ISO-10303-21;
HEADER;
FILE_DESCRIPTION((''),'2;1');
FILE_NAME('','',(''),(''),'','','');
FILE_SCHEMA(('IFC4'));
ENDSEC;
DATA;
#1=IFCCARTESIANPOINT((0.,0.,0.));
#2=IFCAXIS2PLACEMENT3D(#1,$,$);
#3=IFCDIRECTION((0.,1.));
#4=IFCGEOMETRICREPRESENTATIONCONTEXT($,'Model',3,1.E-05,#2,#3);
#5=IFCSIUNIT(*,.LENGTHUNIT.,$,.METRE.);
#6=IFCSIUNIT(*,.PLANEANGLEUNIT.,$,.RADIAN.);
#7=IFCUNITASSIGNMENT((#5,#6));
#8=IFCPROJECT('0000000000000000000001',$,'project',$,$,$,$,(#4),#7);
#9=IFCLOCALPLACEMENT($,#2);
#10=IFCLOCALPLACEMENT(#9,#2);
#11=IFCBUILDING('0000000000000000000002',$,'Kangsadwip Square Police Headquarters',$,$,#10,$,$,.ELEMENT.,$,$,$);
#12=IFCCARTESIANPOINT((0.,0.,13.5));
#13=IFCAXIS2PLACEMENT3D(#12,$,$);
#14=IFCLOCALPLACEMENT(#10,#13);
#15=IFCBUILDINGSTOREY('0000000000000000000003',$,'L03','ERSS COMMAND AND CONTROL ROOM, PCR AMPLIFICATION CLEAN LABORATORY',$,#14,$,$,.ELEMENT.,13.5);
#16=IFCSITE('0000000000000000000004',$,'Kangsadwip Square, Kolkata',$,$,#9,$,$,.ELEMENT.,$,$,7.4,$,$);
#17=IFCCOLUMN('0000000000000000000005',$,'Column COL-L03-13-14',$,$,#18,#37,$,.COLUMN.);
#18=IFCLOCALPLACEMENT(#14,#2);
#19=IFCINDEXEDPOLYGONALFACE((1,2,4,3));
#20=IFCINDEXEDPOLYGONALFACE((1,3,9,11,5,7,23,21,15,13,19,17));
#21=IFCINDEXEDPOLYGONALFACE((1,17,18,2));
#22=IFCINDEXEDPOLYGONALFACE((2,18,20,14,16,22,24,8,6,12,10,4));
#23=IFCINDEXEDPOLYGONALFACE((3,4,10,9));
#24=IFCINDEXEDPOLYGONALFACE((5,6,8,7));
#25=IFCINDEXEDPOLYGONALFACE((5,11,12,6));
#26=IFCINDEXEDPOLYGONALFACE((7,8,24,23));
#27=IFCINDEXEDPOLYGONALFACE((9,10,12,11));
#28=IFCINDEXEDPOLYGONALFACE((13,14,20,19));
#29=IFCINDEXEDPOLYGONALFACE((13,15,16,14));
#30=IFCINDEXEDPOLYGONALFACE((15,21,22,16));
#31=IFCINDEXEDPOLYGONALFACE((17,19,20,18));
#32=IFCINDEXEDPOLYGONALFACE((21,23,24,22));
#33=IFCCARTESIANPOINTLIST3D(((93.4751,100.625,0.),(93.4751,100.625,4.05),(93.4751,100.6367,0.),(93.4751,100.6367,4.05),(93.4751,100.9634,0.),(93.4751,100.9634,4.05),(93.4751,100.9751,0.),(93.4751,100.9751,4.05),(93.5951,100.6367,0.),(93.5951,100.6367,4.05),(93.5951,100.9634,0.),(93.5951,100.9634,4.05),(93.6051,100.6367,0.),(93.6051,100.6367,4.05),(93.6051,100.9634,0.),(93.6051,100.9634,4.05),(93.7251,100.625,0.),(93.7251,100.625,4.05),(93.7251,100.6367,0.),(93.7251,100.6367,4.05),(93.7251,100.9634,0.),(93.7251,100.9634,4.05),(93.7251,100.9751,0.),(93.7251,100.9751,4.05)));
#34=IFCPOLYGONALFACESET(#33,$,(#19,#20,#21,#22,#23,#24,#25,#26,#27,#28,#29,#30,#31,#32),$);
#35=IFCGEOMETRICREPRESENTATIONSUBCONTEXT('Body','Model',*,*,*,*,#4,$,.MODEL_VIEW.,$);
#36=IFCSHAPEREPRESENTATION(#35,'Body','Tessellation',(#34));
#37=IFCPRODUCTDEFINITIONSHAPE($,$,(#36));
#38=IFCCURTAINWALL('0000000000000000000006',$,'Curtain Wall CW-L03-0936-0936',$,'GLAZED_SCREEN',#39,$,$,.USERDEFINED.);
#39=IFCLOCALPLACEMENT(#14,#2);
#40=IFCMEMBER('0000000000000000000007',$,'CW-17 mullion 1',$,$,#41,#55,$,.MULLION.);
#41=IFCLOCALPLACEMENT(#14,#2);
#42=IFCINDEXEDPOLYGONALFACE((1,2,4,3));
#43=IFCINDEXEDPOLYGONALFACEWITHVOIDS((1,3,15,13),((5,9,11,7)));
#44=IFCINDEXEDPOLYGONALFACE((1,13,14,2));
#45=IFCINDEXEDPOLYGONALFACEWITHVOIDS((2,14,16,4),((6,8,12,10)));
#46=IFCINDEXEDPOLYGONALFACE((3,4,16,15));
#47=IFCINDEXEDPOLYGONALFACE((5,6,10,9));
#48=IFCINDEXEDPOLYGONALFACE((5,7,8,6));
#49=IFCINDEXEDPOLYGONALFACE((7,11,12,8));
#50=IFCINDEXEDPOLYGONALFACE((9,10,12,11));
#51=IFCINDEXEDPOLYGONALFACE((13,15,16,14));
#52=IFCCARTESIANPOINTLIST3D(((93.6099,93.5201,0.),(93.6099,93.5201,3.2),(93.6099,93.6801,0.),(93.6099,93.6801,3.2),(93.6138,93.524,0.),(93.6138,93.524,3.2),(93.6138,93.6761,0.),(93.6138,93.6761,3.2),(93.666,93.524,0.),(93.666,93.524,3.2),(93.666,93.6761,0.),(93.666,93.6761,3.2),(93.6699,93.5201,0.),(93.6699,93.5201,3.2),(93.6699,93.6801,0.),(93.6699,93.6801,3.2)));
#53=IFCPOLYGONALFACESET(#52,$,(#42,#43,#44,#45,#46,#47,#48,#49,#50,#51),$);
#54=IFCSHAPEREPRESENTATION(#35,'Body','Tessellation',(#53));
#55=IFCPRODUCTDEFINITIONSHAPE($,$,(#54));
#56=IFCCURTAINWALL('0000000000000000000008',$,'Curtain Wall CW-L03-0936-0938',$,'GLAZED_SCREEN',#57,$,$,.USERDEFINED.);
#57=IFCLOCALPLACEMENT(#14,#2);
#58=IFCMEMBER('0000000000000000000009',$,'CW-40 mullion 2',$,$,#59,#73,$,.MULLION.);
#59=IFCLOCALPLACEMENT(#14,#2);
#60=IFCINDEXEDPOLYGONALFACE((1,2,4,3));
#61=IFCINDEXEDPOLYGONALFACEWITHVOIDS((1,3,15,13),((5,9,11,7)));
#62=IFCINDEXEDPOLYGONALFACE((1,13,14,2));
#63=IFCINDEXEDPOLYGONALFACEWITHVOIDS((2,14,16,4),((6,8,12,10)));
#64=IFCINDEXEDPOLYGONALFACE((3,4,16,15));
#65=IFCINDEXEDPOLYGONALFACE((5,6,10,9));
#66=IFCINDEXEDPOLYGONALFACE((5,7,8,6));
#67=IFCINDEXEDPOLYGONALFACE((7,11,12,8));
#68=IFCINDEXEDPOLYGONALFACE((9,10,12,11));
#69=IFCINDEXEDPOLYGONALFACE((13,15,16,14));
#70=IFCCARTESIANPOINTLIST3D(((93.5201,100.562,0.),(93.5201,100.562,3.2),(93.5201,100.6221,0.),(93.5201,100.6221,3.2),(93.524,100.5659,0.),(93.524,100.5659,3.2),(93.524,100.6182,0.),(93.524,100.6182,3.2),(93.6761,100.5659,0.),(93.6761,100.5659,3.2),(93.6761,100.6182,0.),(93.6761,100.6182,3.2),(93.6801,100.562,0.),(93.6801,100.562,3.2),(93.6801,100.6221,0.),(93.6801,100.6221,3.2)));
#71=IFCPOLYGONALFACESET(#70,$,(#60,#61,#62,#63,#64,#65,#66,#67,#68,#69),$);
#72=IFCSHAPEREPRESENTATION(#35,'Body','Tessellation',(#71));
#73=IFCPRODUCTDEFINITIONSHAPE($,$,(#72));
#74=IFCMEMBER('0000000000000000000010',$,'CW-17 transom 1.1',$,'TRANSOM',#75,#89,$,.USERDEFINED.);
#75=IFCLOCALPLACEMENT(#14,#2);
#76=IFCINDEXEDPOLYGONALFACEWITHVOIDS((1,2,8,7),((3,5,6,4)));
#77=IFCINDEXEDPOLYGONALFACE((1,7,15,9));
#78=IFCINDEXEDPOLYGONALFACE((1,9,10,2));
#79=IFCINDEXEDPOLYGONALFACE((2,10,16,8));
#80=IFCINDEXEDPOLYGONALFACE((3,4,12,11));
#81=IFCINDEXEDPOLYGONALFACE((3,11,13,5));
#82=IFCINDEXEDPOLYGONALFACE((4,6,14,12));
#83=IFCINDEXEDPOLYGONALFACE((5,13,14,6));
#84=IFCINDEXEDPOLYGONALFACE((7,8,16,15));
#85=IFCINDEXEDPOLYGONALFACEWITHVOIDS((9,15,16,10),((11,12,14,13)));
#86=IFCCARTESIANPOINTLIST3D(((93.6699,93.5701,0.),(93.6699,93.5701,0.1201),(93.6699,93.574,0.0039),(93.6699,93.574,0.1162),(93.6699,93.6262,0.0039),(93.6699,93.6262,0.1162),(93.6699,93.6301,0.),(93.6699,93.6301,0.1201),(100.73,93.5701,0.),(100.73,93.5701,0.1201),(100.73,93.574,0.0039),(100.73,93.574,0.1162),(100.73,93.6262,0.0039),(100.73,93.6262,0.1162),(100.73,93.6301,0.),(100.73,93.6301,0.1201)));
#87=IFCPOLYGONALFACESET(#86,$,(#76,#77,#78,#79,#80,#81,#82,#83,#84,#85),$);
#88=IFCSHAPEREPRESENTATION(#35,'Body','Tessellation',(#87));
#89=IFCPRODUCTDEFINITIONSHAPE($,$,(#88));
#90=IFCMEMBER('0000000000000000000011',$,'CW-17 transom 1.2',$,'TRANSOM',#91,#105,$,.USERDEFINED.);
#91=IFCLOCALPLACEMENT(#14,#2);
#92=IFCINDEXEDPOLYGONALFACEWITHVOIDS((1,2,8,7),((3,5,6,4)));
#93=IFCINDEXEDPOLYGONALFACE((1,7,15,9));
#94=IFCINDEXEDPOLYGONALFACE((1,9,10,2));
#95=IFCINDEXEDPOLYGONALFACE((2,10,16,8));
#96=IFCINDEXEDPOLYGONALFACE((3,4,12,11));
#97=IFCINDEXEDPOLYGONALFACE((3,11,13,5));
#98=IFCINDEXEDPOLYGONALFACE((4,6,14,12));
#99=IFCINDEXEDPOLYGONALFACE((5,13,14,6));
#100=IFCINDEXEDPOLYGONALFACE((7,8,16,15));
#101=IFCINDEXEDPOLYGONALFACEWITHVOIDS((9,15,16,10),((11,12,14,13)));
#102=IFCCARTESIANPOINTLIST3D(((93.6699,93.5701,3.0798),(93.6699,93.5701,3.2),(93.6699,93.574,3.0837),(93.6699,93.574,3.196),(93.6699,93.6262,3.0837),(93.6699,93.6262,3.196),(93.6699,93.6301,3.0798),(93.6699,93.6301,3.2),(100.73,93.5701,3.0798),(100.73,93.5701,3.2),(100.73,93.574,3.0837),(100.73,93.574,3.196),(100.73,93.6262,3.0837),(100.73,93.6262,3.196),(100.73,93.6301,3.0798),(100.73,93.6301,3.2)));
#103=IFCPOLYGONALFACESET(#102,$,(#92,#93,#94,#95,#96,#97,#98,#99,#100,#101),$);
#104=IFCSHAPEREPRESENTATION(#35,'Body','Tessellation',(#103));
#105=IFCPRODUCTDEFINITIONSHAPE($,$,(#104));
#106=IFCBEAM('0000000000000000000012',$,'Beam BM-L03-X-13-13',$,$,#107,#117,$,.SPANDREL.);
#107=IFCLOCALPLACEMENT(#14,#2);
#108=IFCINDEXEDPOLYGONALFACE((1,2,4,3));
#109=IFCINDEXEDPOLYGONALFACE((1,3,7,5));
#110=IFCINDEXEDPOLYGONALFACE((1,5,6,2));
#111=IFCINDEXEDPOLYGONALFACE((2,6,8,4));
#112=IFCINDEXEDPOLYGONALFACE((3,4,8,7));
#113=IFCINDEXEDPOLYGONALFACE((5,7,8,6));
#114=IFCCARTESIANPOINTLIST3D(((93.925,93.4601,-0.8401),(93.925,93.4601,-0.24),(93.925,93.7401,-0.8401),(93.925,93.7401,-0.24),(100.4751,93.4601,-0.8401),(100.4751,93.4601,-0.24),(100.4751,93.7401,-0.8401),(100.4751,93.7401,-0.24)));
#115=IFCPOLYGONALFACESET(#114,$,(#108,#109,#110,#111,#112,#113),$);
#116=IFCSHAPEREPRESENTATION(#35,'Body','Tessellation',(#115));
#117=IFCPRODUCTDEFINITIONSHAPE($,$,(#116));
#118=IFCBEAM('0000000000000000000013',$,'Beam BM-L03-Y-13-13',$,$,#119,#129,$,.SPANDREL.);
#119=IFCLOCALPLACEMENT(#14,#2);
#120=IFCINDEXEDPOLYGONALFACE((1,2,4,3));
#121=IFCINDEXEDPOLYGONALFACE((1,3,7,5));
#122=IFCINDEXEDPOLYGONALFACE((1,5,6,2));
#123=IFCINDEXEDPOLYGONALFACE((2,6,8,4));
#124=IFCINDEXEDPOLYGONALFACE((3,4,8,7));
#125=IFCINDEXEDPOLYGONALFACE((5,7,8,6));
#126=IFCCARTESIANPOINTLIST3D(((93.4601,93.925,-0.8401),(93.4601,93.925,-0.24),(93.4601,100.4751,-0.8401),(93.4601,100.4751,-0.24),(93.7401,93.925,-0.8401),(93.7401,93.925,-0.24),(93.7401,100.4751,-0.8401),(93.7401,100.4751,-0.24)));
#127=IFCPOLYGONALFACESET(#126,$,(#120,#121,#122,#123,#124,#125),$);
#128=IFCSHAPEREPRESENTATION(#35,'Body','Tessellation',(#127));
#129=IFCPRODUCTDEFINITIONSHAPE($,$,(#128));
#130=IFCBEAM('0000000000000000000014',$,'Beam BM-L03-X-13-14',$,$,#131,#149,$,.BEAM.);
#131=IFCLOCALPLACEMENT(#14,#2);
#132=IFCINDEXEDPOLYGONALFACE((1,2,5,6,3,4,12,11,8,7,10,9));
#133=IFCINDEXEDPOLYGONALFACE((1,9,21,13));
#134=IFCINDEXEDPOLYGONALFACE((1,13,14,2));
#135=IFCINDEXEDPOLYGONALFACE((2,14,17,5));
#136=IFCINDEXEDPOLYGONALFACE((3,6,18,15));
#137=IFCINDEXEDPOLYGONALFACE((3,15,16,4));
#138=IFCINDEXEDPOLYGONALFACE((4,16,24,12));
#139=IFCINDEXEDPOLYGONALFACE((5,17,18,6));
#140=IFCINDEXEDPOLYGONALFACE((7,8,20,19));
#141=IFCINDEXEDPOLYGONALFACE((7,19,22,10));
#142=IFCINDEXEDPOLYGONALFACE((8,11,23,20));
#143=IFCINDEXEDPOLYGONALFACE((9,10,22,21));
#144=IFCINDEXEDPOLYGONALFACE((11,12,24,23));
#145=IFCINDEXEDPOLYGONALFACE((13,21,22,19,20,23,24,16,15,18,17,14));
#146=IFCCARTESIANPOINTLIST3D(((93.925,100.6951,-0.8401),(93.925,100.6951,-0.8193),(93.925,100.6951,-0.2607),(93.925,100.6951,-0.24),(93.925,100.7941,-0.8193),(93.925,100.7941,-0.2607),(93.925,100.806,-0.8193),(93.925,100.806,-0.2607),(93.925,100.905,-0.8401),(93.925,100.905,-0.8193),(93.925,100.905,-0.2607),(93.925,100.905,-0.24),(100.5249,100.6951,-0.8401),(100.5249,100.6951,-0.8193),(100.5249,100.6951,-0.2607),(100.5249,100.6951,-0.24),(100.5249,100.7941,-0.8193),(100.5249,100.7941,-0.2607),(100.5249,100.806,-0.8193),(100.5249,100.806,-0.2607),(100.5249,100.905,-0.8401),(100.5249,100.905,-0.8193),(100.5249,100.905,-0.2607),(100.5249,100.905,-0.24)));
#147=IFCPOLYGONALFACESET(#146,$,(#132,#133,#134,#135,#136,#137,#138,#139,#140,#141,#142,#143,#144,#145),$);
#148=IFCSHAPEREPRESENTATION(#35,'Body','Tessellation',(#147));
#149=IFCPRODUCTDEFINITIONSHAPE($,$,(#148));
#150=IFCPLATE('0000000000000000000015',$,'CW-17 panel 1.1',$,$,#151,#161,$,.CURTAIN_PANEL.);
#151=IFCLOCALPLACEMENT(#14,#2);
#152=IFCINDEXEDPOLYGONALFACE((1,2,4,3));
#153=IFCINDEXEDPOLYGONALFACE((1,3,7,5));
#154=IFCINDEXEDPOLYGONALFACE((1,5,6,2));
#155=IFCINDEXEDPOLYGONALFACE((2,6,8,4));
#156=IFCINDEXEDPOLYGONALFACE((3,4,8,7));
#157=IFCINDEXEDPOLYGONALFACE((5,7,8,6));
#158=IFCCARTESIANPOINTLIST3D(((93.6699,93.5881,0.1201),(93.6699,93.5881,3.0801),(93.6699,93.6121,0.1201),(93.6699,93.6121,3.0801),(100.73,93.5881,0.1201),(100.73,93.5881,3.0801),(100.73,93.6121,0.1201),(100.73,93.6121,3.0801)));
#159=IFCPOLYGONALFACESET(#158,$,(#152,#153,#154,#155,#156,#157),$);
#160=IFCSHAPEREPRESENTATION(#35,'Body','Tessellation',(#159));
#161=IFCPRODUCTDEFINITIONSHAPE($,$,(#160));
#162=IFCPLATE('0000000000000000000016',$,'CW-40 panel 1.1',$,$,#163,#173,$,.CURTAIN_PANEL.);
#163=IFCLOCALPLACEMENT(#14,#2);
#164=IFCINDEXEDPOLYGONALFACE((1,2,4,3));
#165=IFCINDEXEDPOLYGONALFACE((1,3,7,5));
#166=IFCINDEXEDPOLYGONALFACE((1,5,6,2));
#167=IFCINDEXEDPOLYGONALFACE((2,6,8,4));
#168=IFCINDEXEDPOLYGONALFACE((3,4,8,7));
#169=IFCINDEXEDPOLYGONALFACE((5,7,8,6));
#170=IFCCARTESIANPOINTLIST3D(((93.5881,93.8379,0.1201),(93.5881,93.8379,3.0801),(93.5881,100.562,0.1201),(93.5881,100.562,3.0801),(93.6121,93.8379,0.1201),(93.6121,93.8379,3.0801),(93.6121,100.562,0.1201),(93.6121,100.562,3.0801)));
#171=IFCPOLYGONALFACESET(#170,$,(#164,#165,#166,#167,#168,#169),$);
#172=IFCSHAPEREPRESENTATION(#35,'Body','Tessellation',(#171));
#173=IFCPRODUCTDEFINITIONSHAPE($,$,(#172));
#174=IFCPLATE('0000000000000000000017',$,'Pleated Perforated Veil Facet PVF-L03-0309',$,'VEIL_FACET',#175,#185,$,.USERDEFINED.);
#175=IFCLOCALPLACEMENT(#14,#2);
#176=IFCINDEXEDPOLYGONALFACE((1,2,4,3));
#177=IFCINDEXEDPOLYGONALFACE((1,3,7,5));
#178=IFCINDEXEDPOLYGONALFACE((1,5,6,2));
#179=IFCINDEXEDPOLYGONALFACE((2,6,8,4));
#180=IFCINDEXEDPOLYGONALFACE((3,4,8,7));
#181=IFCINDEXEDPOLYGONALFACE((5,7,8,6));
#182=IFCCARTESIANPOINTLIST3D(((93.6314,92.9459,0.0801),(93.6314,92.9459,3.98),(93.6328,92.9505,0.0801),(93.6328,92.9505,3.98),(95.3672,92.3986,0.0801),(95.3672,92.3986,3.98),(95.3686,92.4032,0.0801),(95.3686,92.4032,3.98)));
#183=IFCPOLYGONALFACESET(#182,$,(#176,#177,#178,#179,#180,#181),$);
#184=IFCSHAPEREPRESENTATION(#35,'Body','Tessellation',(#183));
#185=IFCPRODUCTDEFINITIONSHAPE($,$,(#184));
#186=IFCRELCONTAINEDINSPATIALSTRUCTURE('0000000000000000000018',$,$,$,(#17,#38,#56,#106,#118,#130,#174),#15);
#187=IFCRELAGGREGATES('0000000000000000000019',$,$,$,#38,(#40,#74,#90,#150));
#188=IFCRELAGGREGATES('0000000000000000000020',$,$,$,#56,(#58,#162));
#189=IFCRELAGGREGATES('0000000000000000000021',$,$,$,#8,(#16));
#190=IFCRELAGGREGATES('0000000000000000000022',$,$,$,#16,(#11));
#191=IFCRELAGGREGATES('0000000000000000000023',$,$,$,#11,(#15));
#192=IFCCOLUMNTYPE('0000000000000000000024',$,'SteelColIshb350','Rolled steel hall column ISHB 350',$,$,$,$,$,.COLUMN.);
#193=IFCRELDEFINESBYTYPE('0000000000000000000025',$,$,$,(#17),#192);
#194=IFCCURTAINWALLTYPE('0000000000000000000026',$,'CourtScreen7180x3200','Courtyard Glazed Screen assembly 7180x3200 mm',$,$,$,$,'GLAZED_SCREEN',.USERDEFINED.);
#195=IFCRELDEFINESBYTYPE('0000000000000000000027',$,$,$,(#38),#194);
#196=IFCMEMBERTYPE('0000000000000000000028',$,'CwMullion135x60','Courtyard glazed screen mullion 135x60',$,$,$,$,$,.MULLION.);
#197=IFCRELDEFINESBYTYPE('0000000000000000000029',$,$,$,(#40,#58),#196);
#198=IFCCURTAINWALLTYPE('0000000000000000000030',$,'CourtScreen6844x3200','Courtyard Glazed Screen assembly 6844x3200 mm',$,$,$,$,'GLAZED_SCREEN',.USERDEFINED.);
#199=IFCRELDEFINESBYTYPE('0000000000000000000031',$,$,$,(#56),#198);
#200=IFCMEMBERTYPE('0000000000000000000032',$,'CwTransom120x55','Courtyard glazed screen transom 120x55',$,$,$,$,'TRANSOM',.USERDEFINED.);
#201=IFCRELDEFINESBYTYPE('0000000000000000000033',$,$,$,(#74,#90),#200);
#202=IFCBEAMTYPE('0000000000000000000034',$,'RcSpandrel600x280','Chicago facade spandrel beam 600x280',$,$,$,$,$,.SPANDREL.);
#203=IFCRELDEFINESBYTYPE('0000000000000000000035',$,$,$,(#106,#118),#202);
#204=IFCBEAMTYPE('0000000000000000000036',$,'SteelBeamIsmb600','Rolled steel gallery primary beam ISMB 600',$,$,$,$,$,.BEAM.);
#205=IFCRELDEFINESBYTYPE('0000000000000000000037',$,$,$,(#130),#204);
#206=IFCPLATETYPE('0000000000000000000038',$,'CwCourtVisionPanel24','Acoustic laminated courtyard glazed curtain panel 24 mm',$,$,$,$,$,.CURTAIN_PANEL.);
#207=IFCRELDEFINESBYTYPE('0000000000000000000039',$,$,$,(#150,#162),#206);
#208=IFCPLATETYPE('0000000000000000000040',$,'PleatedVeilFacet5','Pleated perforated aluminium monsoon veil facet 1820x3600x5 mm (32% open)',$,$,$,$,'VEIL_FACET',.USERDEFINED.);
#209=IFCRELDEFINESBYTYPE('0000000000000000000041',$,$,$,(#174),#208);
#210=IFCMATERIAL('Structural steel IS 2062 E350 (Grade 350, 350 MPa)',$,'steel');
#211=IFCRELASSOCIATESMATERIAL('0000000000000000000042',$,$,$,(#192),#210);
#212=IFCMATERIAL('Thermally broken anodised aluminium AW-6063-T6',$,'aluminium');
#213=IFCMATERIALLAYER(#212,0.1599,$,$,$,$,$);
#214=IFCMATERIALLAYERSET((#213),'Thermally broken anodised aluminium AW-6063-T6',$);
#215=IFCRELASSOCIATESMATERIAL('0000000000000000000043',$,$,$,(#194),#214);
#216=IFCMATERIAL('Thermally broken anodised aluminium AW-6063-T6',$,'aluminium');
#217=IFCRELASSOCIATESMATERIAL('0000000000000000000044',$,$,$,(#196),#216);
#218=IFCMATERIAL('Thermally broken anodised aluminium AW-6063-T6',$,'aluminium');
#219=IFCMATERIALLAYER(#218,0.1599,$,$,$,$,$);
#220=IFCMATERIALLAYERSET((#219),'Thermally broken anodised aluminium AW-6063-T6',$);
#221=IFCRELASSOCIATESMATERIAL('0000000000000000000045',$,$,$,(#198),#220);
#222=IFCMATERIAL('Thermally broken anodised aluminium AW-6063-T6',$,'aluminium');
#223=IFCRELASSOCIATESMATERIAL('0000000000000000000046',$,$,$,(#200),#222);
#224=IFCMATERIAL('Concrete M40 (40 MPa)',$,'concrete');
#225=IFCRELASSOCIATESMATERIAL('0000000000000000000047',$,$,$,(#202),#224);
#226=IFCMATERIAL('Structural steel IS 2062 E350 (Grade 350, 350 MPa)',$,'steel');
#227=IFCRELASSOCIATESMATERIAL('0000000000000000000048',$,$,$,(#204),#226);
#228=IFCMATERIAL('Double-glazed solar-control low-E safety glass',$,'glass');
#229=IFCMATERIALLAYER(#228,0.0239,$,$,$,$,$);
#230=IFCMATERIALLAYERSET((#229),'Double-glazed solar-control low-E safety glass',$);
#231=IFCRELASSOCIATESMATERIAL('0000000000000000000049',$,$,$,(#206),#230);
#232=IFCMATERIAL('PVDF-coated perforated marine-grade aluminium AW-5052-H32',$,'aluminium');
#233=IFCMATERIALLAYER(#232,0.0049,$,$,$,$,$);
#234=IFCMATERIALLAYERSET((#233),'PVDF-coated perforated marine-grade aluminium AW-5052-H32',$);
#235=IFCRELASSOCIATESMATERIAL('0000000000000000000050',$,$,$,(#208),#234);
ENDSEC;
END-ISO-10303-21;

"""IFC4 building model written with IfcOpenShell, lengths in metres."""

from ifc_helpers import new_model, si_unit, direction, frame, origin, origin_2d, place, context, subcontext, project, spatial, rectangle, hollow_rectangle, i_section, extrude, material, layer, layer_set, material_profile, profile_set, type_object, element, aggregate, save


model = new_model("IFC4")

# Units and contexts
model_context = context("Model", 3, precision=1e-05, world=origin(), true_north=direction((0.0, 1.0)))
body_context = subcontext(model_context, "Body", "Model", "MODEL_VIEW")
ifc_project = project(units=[si_unit("LENGTHUNIT", "METRE"), si_unit("PLANEANGLEUNIT", "RADIAN")], contexts=[model_context])

# Site, building, storey
site_placement = place(None, origin())
site = spatial("IfcSite", under=ifc_project, at=site_placement, Name="Kangsadwip Square, Kolkata", CompositionType="ELEMENT", RefElevation=7.4)
building_placement = place(site_placement, origin())
building = spatial("IfcBuilding", under=site, at=building_placement, Name="Kangsadwip Square Police Headquarters", CompositionType="ELEMENT")
storey_placement = place(building_placement, frame((0.0, 0.0, 13.5)))
storey = spatial("IfcBuildingStorey", under=building, at=storey_placement, Name="L03", Description="ERSS COMMAND AND CONTROL ROOM, PCR AMPLIFICATION CLEAN LABORATORY", CompositionType="ELEMENT", Elevation=13.5)

# Column
ifc_material_1 = material(Name="Structural steel IS 2062 E350 (Grade 350, 350 MPa)", Category="steel")
ifc_material_profile_1 = material_profile(ifc_material_1, i_section(OverallWidth=0.25, OverallDepth=0.3501, WebThickness=0.01, FlangeThickness=0.0117, at=origin_2d()), Name="ISHB 350")
ifc_profile_set_1 = profile_set([ifc_material_profile_1], Name="Structural steel IS 2062 E350 (Grade 350, 350 MPa)")
column_type = type_object("IfcColumnType", Name="SteelColIshb350", Description="Rolled steel hall column ISHB 350", PredefinedType="COLUMN", material=ifc_profile_set_1)
column_placement = place(storey_placement, frame((93.6001, 100.8, 0.0), z_axis=(0.0, 0.0, 1.0), x_axis=(1.0, 0.0, 0.0)))
element("IfcColumn", 1, at=column_placement, inside=storey, type_object=column_type, Name="Column COL-L03-13-14", PredefinedType="COLUMN", context=body_context, shape_type="SweptSolid", body=[
    extrude(i_section(OverallWidth=0.25, OverallDepth=0.3501, WebThickness=0.01, FlangeThickness=0.0117, at=origin_2d()), origin(), (0.0, 0.0, 1.0), 4.05),
])

# Curtain walls, members
ifc_material_2 = material(Name="Thermally broken anodised aluminium AW-6063-T6", Category="aluminium")
ifc_layer_1 = layer(ifc_material_2, 0.1599)
ifc_layer_set_1 = layer_set([ifc_layer_1], Name="Thermally broken anodised aluminium AW-6063-T6")
curtain_wall_type_1 = type_object("IfcCurtainWallType", Name="CourtScreen7180x3200", Description="Courtyard Glazed Screen assembly 7180x3200 mm", ElementType="GLAZED_SCREEN", PredefinedType="USERDEFINED", material=ifc_layer_set_1)
curtain_wall_1_placement = place(storey_placement, origin())
curtain_wall_1 = element("IfcCurtainWall", 2, at=curtain_wall_1_placement, inside=storey, type_object=curtain_wall_type_1, Name="Curtain Wall CW-L03-0936-0936", ObjectType="GLAZED_SCREEN", PredefinedType="USERDEFINED")
ifc_material_3 = material(Name="Thermally broken anodised aluminium AW-6063-T6", Category="aluminium")
ifc_material_profile_2 = material_profile(ifc_material_3, hollow_rectangle(XDim=0.0601, YDim=0.1599, WallThickness=0.0039, at=origin_2d()), Name="CWM 160X60X4")
ifc_profile_set_2 = profile_set([ifc_material_profile_2], Name="Thermally broken anodised aluminium AW-6063-T6")
member_type_1 = type_object("IfcMemberType", Name="CwMullion135x60", Description="Courtyard glazed screen mullion 135x60", PredefinedType="MULLION", material=ifc_profile_set_2)
member_1_placement = place(storey_placement, frame((93.6399, 93.6001, 0.0), z_axis=(0.0, 0.0, 1.0), x_axis=(1.0, 0.0, 0.0)))
member_1 = element("IfcMember", 3, at=member_1_placement, type_object=member_type_1, Name="CW-17 mullion 1", PredefinedType="MULLION", context=body_context, shape_type="SweptSolid", body=[
    extrude(hollow_rectangle(XDim=0.0601, YDim=0.1599, WallThickness=0.0039, at=origin_2d()), origin(), (0.0, 0.0, 1.0), 3.2),
])
ifc_material_4 = material(Name="Thermally broken anodised aluminium AW-6063-T6", Category="aluminium")
ifc_layer_2 = layer(ifc_material_4, 0.1599)
ifc_layer_set_2 = layer_set([ifc_layer_2], Name="Thermally broken anodised aluminium AW-6063-T6")
curtain_wall_type_2 = type_object("IfcCurtainWallType", Name="CourtScreen6844x3200", Description="Courtyard Glazed Screen assembly 6844x3200 mm", ElementType="GLAZED_SCREEN", PredefinedType="USERDEFINED", material=ifc_layer_set_2)
curtain_wall_2_placement = place(storey_placement, origin())
curtain_wall_2 = element("IfcCurtainWall", 4, at=curtain_wall_2_placement, inside=storey, type_object=curtain_wall_type_2, Name="Curtain Wall CW-L03-0936-0938", ObjectType="GLAZED_SCREEN", PredefinedType="USERDEFINED")
member_2_placement = place(storey_placement, frame((93.6001, 100.592, 0.0), z_axis=(0.0, 0.0, 1.0), x_axis=(0.0, 1.0, 0.0)))
member_2 = element("IfcMember", 5, at=member_2_placement, type_object=member_type_1, Name="CW-40 mullion 2", PredefinedType="MULLION", context=body_context, shape_type="SweptSolid", body=[
    extrude(hollow_rectangle(XDim=0.0601, YDim=0.1599, WallThickness=0.0039, at=origin_2d()), origin(), (0.0, 0.0, 1.0), 3.2),
])

# Members
ifc_material_5 = material(Name="Thermally broken anodised aluminium AW-6063-T6", Category="aluminium")
ifc_material_profile_3 = material_profile(ifc_material_5, hollow_rectangle(XDim=0.0601, YDim=0.1201, WallThickness=0.0039, at=origin_2d()), Name="CWT 120X60X4")
ifc_profile_set_3 = profile_set([ifc_material_profile_3], Name="Thermally broken anodised aluminium AW-6063-T6")
member_type_2 = type_object("IfcMemberType", Name="CwTransom120x55", Description="Courtyard glazed screen transom 120x55", ElementType="TRANSOM", PredefinedType="USERDEFINED", material=ifc_profile_set_3)
member_3_placement = place(storey_placement, frame((93.6699, 93.6001, 0.0601), z_axis=(1.0, 0.0, 0.0), x_axis=(0.0, 1.0, 0.0)))
member_3 = element("IfcMember", 6, at=member_3_placement, type_object=member_type_2, Name="CW-17 transom 1.1", ObjectType="TRANSOM", PredefinedType="USERDEFINED", context=body_context, shape_type="SweptSolid", body=[
    extrude(hollow_rectangle(XDim=0.0601, YDim=0.1201, WallThickness=0.0039, at=origin_2d()), origin(), (0.0, 0.0, 1.0), 7.0601),
])
member_4_placement = place(storey_placement, frame((93.6699, 93.6001, 3.1399), z_axis=(1.0, 0.0, 0.0), x_axis=(0.0, 1.0, 0.0)))
member_4 = element("IfcMember", 7, at=member_4_placement, type_object=member_type_2, Name="CW-17 transom 1.2", ObjectType="TRANSOM", PredefinedType="USERDEFINED", context=body_context, shape_type="SweptSolid", body=[
    extrude(hollow_rectangle(XDim=0.0601, YDim=0.1201, WallThickness=0.0039, at=origin_2d()), origin(), (0.0, 0.0, 1.0), 7.0601),
])

# Beams
ifc_material_6 = material(Name="Concrete M40 (40 MPa)", Category="concrete")
ifc_material_profile_4 = material_profile(ifc_material_6, rectangle(XDim=0.28, YDim=0.6001, at=origin_2d()), Name="RC SPN 600X280")
ifc_profile_set_4 = profile_set([ifc_material_profile_4], Name="Concrete M40 (40 MPa)")
beam_type_1 = type_object("IfcBeamType", Name="RcSpandrel600x280", Description="Chicago facade spandrel beam 600x280", PredefinedType="SPANDREL", material=ifc_profile_set_4)
for number, where, z_axis, x_axis, name in (
    (8, (93.925, 93.6001, -0.54), (1.0, 0.0, 0.0), (0.0, 1.0, 0.0), "Beam BM-L03-X-13-13"),
    (9, (93.6001, 93.925, -0.54), (0.0, 1.0, 0.0), (-1.0, 0.0, 0.0), "Beam BM-L03-Y-13-13"),
):
    element("IfcBeam", number, at=place(storey_placement, frame(where, z_axis=z_axis, x_axis=x_axis)), inside=storey, type_object=beam_type_1, Name=name, PredefinedType="SPANDREL", context=body_context, shape_type="SweptSolid", body=[
        extrude(rectangle(XDim=0.28, YDim=0.6001, at=origin_2d()), origin(), (0.0, 0.0, 1.0), 6.55),
    ])
ifc_material_7 = material(Name="Structural steel IS 2062 E350 (Grade 350, 350 MPa)", Category="steel")
ifc_material_profile_5 = material_profile(ifc_material_7, i_section(OverallWidth=0.21, OverallDepth=0.6001, WebThickness=0.012, FlangeThickness=0.0208, at=origin_2d()), Name="ISMB 600")
ifc_profile_set_5 = profile_set([ifc_material_profile_5], Name="Structural steel IS 2062 E350 (Grade 350, 350 MPa)")
beam_type_2 = type_object("IfcBeamType", Name="SteelBeamIsmb600", Description="Rolled steel gallery primary beam ISMB 600", PredefinedType="BEAM", material=ifc_profile_set_5)
beam_placement = place(storey_placement, frame((93.925, 100.8, -0.54), z_axis=(1.0, 0.0, 0.0), x_axis=(0.0, 1.0, 0.0)))
element("IfcBeam", 10, at=beam_placement, inside=storey, type_object=beam_type_2, Name="Beam BM-L03-X-13-14", PredefinedType="BEAM", context=body_context, shape_type="SweptSolid", body=[
    extrude(i_section(OverallWidth=0.21, OverallDepth=0.6001, WebThickness=0.012, FlangeThickness=0.0208, at=origin_2d()), origin(), (0.0, 0.0, 1.0), 6.5999),
])

# Plates
ifc_material_8 = material(Name="Double-glazed solar-control low-E safety glass", Category="glass")
ifc_layer_3 = layer(ifc_material_8, 0.0239)
ifc_layer_set_3 = layer_set([ifc_layer_3], Name="Double-glazed solar-control low-E safety glass")
plate_type_1 = type_object("IfcPlateType", Name="CwCourtVisionPanel24", Description="Acoustic laminated courtyard glazed curtain panel 24 mm", PredefinedType="CURTAIN_PANEL", material=ifc_layer_set_3)
plate_1_placement = place(storey_placement, frame((97.2, 93.6001, 0.1201), z_axis=(0.0, 0.0, 1.0), x_axis=(1.0, 0.0, 0.0)))
plate_1 = element("IfcPlate", 11, at=plate_1_placement, type_object=plate_type_1, Name="CW-17 panel 1.1", PredefinedType="CURTAIN_PANEL", context=body_context, shape_type="SweptSolid", body=[
    extrude(rectangle(XDim=7.0601, YDim=0.0239, at=origin_2d()), origin(), (0.0, 0.0, 1.0), 2.96),
])
aggregate(curtain_wall_1, [member_1, member_3, member_4, plate_1])
plate_2_placement = place(storey_placement, frame((93.6001, 97.2, 0.1201), z_axis=(0.0, 0.0, 1.0), x_axis=(0.0, 1.0, 0.0)))
plate_2 = element("IfcPlate", 12, at=plate_2_placement, type_object=plate_type_1, Name="CW-40 panel 1.1", PredefinedType="CURTAIN_PANEL", context=body_context, shape_type="SweptSolid", body=[
    extrude(rectangle(XDim=6.7241, YDim=0.0239, at=origin_2d()), origin(), (0.0, 0.0, 1.0), 2.96),
])
aggregate(curtain_wall_2, [member_2, plate_2])

# Plate
ifc_material_9 = material(Name="PVDF-coated perforated marine-grade aluminium AW-5052-H32", Category="aluminium")
ifc_layer_4 = layer(ifc_material_9, 0.0049)
ifc_layer_set_4 = layer_set([ifc_layer_4], Name="PVDF-coated perforated marine-grade aluminium AW-5052-H32")
plate_type_2 = type_object("IfcPlateType", Name="PleatedVeilFacet5", Description="Pleated perforated aluminium monsoon veil facet 1820x3600x5 mm (32% open)", ElementType="VEIL_FACET", PredefinedType="USERDEFINED", material=ifc_layer_set_4)
for number, where, z_axis, x_axis, name in (
    (13, (94.5, 92.6746, 0.0801), (0.0, 0.0, 1.0), (0.953717, -0.300706, 0.0), "Pleated Perforated Veil Facet PVF-L03-0309"),
):
    element("IfcPlate", number, at=place(storey_placement, frame(where, z_axis=z_axis, x_axis=x_axis)), inside=storey, type_object=plate_type_2, Name=name, ObjectType="VEIL_FACET", PredefinedType="USERDEFINED", context=body_context, shape_type="SweptSolid", body=[
        extrude(rectangle(XDim=1.8201, YDim=0.0049, at=origin_2d()), origin(), (0.0, 0.0, 1.0), 3.8999),
    ])

save(model, "model.ifc")
